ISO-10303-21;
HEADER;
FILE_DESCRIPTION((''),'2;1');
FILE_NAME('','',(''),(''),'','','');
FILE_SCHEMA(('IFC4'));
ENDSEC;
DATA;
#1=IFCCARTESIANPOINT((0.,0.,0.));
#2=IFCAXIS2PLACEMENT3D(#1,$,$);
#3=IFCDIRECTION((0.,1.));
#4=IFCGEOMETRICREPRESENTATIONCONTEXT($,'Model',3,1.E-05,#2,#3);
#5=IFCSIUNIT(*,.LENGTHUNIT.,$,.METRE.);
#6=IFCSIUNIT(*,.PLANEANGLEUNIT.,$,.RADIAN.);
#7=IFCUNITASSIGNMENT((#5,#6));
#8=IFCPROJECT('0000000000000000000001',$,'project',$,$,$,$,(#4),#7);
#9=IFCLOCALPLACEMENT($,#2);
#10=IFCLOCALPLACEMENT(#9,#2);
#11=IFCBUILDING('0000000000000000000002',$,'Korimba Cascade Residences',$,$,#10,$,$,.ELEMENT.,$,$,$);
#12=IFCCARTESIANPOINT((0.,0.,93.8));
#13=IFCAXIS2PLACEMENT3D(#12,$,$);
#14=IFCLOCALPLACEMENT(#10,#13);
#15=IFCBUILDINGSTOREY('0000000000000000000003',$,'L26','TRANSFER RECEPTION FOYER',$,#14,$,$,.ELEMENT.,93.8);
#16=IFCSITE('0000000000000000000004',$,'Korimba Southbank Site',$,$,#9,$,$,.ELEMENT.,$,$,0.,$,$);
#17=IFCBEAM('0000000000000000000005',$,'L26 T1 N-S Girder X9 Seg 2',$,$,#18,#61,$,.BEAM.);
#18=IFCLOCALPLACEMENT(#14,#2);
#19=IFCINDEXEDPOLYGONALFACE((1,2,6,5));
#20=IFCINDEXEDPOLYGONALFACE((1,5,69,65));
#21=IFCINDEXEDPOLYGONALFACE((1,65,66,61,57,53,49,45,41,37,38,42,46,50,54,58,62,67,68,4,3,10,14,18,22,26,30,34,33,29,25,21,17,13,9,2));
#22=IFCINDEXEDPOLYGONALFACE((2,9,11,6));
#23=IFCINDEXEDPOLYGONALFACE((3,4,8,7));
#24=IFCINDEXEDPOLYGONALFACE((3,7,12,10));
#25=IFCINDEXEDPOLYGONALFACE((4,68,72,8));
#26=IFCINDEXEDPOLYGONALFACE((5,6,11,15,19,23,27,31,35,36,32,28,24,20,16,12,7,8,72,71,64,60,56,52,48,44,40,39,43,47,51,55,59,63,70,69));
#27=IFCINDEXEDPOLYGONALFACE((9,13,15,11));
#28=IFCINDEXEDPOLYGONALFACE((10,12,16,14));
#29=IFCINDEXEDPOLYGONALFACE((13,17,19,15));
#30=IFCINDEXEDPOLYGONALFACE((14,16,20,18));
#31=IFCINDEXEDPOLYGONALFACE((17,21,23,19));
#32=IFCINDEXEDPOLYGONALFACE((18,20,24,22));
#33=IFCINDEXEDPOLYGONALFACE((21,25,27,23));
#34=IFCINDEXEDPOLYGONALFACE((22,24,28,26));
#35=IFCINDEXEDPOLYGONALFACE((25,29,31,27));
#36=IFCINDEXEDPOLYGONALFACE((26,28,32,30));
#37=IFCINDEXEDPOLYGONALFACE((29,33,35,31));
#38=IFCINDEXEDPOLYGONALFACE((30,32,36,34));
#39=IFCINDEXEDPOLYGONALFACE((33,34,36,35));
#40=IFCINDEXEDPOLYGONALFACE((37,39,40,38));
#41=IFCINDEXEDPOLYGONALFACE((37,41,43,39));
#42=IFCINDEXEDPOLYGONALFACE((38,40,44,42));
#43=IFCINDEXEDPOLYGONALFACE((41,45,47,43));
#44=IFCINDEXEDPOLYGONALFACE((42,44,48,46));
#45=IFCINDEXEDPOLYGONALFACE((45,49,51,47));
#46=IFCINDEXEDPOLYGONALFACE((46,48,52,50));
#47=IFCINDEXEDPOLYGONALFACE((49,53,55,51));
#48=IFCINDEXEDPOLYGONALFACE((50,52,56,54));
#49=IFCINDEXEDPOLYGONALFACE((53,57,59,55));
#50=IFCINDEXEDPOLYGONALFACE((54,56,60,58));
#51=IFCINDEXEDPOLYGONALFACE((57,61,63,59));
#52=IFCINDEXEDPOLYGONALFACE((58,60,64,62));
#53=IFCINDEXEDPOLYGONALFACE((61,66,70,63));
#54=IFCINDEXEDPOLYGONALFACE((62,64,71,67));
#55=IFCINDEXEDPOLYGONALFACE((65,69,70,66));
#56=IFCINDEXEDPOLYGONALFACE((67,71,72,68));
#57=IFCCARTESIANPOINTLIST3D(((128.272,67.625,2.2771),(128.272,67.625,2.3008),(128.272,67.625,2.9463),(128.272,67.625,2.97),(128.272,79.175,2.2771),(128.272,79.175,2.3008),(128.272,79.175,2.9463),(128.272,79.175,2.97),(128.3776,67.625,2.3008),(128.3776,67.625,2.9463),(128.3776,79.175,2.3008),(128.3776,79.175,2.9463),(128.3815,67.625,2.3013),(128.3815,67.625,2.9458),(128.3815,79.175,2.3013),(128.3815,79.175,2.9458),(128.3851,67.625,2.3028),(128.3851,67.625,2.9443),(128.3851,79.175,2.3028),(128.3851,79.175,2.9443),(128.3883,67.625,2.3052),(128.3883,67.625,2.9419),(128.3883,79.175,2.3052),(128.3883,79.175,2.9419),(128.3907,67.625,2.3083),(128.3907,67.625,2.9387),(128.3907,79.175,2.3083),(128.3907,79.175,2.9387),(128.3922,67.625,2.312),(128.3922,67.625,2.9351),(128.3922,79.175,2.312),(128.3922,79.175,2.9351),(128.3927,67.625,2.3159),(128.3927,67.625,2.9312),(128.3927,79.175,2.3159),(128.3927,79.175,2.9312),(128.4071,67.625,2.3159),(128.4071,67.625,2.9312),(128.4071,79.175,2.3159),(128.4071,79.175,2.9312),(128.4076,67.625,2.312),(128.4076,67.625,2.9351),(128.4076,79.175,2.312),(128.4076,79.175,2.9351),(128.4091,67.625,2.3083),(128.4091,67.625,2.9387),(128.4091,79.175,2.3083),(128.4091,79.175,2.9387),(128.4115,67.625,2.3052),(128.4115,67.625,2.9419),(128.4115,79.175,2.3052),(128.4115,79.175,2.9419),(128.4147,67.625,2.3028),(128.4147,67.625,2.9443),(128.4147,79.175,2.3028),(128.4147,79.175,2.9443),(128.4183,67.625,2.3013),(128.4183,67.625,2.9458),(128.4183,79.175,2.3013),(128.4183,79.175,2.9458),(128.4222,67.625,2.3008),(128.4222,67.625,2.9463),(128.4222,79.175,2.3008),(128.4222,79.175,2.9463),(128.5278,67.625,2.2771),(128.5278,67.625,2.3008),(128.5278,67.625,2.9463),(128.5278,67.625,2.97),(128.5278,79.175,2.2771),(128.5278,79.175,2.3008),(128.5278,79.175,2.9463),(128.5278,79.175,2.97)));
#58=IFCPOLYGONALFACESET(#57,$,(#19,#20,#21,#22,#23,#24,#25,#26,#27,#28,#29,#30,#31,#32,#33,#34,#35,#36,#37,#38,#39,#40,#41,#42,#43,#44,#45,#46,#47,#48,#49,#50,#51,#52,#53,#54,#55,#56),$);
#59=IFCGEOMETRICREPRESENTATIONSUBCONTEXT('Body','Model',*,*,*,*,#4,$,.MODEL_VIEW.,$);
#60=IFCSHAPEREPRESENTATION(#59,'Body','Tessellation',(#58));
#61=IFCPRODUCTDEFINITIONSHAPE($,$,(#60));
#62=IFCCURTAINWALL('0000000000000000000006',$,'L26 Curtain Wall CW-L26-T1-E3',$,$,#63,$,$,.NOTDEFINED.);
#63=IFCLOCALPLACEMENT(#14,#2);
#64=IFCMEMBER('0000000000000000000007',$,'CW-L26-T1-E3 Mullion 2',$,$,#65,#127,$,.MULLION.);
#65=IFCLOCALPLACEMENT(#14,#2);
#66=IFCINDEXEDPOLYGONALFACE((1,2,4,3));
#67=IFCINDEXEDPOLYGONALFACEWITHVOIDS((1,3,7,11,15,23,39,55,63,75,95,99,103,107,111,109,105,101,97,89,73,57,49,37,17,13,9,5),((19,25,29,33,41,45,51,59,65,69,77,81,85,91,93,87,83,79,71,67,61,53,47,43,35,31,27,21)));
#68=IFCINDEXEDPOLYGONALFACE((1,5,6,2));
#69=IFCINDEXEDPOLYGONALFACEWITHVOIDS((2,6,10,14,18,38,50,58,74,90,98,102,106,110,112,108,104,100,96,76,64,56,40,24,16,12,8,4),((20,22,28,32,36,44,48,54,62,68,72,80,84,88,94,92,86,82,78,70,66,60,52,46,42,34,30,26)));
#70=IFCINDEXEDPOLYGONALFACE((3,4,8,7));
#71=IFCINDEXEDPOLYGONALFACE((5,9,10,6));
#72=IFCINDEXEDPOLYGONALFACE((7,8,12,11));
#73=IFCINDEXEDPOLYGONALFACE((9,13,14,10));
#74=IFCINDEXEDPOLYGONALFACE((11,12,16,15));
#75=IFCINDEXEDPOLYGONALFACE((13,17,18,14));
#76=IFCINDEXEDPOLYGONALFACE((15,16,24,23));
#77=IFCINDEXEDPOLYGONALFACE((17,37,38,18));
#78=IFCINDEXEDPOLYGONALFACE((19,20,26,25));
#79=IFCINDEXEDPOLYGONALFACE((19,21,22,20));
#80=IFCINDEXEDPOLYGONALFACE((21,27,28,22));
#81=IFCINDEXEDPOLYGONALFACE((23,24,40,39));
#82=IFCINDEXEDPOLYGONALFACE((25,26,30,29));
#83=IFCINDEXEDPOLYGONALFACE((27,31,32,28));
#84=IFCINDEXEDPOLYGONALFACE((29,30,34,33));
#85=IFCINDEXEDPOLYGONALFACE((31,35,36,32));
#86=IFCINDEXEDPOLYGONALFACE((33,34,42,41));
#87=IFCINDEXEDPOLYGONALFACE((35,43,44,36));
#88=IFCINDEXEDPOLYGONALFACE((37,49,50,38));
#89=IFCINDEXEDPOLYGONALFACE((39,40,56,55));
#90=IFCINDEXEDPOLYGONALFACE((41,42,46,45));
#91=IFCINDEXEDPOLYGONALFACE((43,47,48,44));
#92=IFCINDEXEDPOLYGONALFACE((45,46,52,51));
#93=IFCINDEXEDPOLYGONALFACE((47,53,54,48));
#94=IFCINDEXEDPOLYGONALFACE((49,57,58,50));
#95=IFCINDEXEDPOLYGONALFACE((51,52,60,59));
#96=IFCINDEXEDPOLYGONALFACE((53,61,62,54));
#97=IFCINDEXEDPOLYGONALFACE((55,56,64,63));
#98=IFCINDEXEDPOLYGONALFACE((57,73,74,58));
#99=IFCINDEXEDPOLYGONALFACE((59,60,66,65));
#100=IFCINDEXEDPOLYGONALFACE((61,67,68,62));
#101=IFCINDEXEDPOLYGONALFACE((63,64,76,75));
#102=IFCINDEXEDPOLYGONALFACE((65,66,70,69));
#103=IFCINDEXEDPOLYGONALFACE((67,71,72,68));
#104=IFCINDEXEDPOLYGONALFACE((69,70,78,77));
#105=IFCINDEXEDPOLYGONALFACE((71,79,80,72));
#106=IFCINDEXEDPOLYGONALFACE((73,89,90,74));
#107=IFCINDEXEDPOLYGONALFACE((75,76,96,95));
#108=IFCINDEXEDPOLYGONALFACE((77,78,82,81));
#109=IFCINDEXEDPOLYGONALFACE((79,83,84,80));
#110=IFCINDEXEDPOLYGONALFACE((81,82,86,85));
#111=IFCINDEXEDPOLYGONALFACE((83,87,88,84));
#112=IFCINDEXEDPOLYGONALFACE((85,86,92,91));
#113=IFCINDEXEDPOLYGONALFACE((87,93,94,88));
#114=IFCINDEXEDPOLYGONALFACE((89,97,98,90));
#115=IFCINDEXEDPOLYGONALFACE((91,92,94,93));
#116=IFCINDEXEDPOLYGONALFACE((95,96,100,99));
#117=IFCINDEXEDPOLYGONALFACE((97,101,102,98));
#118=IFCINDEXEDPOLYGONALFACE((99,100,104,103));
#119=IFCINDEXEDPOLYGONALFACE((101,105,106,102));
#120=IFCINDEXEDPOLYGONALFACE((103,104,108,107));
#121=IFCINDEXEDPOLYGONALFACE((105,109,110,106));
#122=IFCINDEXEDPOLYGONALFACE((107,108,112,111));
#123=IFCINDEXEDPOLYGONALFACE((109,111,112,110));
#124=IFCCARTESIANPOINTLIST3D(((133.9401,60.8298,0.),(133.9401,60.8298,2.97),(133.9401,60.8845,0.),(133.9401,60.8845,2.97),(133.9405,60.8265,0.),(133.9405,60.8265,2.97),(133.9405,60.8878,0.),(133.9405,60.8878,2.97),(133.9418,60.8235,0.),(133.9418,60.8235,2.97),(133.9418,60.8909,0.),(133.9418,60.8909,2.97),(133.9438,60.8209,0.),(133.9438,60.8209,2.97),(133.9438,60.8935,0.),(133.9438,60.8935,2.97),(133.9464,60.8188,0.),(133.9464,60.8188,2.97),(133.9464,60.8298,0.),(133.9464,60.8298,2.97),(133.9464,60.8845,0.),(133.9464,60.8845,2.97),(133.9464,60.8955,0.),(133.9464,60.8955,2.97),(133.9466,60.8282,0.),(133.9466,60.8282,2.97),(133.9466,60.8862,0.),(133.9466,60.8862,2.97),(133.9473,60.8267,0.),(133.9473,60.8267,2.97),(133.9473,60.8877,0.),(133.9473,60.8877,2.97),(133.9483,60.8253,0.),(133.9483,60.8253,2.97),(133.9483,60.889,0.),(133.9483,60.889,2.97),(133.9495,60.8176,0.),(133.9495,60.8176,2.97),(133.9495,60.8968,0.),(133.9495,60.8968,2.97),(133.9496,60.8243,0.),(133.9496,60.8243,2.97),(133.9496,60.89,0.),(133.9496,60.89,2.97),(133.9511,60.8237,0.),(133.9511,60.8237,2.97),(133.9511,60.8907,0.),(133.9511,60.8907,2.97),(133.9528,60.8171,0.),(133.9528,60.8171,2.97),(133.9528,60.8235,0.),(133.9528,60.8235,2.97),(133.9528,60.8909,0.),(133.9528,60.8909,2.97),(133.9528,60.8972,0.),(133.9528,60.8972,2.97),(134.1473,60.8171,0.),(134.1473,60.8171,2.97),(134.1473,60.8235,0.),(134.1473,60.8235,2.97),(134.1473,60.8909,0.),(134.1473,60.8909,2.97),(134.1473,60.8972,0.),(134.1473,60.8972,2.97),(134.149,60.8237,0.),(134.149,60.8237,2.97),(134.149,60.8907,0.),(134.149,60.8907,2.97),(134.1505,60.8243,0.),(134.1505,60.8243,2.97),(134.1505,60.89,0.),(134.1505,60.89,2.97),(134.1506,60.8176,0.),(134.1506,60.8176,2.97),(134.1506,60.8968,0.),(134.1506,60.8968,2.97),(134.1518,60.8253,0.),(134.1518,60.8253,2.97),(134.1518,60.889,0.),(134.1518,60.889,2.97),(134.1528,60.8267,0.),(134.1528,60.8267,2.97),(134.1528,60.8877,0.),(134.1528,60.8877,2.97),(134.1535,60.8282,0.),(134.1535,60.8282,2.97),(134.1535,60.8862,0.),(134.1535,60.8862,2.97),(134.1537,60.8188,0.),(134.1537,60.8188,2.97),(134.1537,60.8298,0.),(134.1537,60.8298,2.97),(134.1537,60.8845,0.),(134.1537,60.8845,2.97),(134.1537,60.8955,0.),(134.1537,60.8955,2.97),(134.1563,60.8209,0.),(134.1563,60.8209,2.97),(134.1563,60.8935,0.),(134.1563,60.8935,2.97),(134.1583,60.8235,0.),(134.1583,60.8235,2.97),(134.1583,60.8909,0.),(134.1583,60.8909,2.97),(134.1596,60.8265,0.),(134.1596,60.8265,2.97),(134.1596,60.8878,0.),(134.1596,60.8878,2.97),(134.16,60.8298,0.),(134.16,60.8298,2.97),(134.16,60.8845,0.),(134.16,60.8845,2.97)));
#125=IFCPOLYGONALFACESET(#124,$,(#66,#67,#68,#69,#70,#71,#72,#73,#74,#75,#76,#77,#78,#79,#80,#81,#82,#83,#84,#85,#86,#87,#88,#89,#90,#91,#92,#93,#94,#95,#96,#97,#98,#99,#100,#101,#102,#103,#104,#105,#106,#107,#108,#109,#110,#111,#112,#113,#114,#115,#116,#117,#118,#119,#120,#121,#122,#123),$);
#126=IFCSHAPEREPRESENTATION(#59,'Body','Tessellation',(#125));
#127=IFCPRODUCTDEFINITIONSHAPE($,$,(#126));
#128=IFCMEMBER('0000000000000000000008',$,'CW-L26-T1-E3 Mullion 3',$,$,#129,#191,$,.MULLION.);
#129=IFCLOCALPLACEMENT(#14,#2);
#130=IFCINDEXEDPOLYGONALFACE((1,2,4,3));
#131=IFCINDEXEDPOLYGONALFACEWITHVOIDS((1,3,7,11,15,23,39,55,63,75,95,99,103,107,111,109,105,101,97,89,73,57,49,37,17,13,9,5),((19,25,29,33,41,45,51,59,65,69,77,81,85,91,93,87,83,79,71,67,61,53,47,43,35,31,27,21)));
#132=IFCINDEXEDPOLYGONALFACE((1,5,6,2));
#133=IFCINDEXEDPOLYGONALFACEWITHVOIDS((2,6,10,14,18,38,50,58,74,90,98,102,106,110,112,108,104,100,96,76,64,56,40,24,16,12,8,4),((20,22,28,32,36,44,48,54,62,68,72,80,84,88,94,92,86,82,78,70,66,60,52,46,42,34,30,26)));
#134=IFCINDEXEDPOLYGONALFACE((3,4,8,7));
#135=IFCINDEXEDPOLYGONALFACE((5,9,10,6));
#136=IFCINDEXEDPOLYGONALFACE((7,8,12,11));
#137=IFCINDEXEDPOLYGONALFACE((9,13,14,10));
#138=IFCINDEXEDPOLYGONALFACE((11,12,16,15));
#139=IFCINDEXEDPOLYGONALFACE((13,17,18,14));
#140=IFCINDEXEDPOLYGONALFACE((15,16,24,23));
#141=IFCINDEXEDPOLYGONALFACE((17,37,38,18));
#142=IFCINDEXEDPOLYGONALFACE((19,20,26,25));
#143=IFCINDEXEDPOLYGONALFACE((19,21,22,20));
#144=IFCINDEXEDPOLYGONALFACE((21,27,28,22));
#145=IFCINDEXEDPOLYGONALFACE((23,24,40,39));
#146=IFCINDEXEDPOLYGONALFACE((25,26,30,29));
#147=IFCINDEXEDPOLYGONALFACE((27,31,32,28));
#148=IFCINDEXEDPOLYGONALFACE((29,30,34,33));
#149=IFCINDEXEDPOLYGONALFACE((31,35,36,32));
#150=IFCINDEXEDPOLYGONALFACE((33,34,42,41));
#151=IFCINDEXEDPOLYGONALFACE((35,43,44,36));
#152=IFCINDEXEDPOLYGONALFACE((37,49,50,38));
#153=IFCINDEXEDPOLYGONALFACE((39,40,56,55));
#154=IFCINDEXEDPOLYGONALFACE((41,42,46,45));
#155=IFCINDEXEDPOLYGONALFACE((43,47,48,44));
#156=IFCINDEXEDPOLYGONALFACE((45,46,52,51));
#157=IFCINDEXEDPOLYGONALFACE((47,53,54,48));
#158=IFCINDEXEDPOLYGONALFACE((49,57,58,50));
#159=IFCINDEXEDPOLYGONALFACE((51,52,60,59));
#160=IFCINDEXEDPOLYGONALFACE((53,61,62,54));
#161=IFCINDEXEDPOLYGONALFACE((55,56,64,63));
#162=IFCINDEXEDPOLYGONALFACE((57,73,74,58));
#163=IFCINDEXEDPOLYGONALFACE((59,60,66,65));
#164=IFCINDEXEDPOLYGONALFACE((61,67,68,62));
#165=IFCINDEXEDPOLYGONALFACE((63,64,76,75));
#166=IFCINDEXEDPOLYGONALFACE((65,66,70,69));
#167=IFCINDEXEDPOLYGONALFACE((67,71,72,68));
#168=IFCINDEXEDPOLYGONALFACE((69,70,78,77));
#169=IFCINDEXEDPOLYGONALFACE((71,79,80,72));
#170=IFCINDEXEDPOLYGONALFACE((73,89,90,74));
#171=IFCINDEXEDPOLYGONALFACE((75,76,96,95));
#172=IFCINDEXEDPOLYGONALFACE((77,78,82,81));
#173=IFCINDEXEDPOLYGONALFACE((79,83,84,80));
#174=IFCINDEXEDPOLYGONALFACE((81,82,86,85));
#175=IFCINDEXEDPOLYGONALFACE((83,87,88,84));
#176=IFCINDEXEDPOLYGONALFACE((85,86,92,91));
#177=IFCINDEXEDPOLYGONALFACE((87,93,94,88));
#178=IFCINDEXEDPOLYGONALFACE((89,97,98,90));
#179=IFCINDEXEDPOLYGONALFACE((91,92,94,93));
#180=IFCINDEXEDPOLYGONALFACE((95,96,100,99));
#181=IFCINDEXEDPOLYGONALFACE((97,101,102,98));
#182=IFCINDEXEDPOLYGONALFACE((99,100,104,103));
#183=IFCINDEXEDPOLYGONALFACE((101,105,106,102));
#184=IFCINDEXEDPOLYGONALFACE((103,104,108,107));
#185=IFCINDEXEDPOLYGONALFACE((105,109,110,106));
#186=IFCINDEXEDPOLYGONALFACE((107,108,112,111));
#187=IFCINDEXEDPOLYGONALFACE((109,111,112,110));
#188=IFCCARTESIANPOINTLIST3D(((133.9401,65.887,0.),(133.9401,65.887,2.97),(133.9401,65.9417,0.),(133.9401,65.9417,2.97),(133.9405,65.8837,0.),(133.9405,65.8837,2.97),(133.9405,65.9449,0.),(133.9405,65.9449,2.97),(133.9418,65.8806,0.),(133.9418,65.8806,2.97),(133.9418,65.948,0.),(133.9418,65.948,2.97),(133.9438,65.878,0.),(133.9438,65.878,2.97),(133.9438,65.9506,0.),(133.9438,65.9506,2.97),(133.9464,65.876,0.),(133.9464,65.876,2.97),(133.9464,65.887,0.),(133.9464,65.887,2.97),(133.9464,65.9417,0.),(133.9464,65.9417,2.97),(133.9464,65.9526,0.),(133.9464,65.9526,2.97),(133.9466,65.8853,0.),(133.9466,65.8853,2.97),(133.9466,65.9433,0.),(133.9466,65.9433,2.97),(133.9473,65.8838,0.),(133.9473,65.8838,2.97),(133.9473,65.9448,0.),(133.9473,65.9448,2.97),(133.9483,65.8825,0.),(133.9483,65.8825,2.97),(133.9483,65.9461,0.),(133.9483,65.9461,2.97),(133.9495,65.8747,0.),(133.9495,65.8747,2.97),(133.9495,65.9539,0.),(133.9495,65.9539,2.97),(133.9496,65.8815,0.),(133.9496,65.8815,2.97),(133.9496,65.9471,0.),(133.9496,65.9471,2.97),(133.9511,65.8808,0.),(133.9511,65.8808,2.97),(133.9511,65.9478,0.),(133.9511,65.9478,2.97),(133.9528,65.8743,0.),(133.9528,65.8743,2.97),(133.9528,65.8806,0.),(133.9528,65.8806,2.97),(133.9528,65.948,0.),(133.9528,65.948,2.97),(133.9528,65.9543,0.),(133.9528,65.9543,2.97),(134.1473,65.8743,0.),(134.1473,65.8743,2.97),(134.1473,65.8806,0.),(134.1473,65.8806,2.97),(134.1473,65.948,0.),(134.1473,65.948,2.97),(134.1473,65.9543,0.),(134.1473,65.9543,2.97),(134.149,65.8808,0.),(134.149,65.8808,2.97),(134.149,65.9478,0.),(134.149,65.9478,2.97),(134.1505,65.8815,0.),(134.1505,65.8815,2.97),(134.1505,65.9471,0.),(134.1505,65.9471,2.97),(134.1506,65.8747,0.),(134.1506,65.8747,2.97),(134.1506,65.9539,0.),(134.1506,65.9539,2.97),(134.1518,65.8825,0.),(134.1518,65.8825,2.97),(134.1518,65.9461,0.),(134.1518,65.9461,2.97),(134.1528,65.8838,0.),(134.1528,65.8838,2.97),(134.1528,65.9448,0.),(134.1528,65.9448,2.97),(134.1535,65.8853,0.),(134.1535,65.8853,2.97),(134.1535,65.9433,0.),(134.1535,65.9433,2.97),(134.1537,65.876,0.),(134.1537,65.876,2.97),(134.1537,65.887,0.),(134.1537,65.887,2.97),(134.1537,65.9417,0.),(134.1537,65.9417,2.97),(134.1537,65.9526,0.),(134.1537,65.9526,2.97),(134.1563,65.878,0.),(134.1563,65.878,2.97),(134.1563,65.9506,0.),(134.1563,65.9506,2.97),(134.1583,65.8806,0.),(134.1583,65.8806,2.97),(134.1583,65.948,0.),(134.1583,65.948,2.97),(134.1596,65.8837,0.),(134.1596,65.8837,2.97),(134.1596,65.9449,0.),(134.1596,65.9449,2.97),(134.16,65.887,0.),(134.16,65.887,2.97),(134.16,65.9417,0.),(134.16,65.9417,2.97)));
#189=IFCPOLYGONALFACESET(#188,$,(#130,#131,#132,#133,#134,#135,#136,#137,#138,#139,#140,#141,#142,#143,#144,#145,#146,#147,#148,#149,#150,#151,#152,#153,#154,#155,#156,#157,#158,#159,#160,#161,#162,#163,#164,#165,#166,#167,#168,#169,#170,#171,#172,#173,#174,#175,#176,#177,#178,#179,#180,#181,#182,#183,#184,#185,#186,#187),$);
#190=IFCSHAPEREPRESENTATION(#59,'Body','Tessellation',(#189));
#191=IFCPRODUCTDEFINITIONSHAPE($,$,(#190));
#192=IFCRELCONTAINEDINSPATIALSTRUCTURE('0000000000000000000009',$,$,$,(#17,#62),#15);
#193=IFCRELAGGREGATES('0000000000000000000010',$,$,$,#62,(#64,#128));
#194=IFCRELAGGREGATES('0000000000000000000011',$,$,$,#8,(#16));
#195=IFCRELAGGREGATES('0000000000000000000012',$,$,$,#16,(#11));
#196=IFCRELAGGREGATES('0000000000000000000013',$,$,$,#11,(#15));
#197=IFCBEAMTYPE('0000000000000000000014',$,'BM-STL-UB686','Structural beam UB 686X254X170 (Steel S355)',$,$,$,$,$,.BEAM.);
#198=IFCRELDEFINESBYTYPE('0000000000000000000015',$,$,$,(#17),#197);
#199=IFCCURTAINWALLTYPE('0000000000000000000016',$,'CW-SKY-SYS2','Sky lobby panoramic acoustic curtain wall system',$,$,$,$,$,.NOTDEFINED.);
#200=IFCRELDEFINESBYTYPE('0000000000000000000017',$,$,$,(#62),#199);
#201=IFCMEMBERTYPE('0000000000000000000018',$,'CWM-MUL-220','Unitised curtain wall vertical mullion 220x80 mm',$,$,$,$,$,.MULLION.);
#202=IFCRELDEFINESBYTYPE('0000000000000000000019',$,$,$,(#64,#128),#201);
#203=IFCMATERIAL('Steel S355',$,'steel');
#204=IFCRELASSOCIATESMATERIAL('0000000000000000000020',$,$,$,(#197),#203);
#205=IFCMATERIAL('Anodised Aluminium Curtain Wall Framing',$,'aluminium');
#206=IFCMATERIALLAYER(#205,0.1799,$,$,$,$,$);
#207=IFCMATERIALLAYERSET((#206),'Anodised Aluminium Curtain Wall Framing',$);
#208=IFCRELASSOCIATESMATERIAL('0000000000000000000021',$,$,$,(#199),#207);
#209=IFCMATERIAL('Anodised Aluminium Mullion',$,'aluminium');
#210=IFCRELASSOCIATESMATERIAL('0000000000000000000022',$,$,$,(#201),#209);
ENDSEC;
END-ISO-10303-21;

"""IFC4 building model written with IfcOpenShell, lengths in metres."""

from ifc_helpers import new_model, si_unit, direction, frame, origin, origin_2d, place, context, subcontext, project, spatial, hollow_rectangle, i_section, extrude, material, layer, layer_set, material_profile, profile_set, type_object, element, aggregate, save


model = new_model("IFC4")

# Units and contexts
model_context = context("Model", 3, precision=1e-05, world=origin(), true_north=direction((0.0, 1.0)))
body_context = subcontext(model_context, "Body", "Model", "MODEL_VIEW")
ifc_project = project(units=[si_unit("LENGTHUNIT", "METRE"), si_unit("PLANEANGLEUNIT", "RADIAN")], contexts=[model_context])

# Site, building, storey
site_placement = place(None, origin())
site = spatial("IfcSite", under=ifc_project, at=site_placement, Name="Korimba Southbank Site", CompositionType="ELEMENT", RefElevation=0.0)
building_placement = place(site_placement, origin())
building = spatial("IfcBuilding", under=site, at=building_placement, Name="Korimba Cascade Residences", CompositionType="ELEMENT")
storey_placement = place(building_placement, frame((0.0, 0.0, 93.8)))
storey = spatial("IfcBuildingStorey", under=building, at=storey_placement, Name="L26", Description="TRANSFER RECEPTION FOYER", CompositionType="ELEMENT", Elevation=93.8)

# Beam
ifc_material_1 = material(Name="Steel S355", Category="steel")
ifc_material_profile_1 = material_profile(ifc_material_1, i_section(OverallWidth=0.2559, OverallDepth=0.6929, WebThickness=0.0144, FlangeThickness=0.0237, FilletRadius=0.0151, at=origin_2d()), Name="Steel S355")
ifc_profile_set_1 = profile_set([ifc_material_profile_1], Name="Steel S355")
beam_type_1 = type_object("IfcBeamType", Name="BM-STL-UB686", Description="Structural beam UB 686X254X170 (Steel S355)", PredefinedType="BEAM", material=ifc_profile_set_1)
for number, where, z_axis, x_axis, name in (
    (1, (128.3999, 67.625, 2.6235), (0.0, 1.0, 0.0), (-1.0, 0.0, 0.0), "L26 T1 N-S Girder X9 Seg 2"),
):
    element("IfcBeam", number, at=place(storey_placement, frame(where, z_axis=z_axis, x_axis=x_axis)), inside=storey, type_object=beam_type_1, Name=name, PredefinedType="BEAM", context=body_context, shape_type="SweptSolid", body=[
        extrude(i_section(OverallWidth=0.2559, OverallDepth=0.6929, WebThickness=0.0144, FlangeThickness=0.0237, FilletRadius=0.0151, at=origin_2d()), origin(), (0.0, 0.0, 1.0), 11.55),
    ])

# Curtain wall, members
ifc_material_2 = material(Name="Anodised Aluminium Curtain Wall Framing", Category="aluminium")
ifc_layer_1 = layer(ifc_material_2, 0.1799)
ifc_layer_set_1 = layer_set([ifc_layer_1], Name="Anodised Aluminium Curtain Wall Framing")
curtain_wall_type = type_object("IfcCurtainWallType", Name="CW-SKY-SYS2", Description="Sky lobby panoramic acoustic curtain wall system", PredefinedType="NOTDEFINED", material=ifc_layer_set_1)
curtain_wall_placement = place(storey_placement, origin())
curtain_wall = element("IfcCurtainWall", 2, at=curtain_wall_placement, inside=storey, type_object=curtain_wall_type, Name="L26 Curtain Wall CW-L26-T1-E3", PredefinedType="NOTDEFINED")
ifc_material_3 = material(Name="Anodised Aluminium Mullion", Category="aluminium")
ifc_material_profile_2 = material_profile(ifc_material_3, hollow_rectangle(XDim=0.0801, YDim=0.22, WallThickness=0.0063, InnerFilletRadius=0.0063, OuterFilletRadius=0.0127, at=origin_2d()), Name="Anodised Aluminium Mullion")
ifc_profile_set_2 = profile_set([ifc_material_profile_2], Name="Anodised Aluminium Mullion")
member_type_1 = type_object("IfcMemberType", Name="CWM-MUL-220", Description="Unitised curtain wall vertical mullion 220x80 mm", PredefinedType="MULLION", material=ifc_profile_set_2)
member_1_placement = place(storey_placement, frame((134.05, 60.8572, 0.0), z_axis=(0.0, 0.0, 1.0), x_axis=(0.0, 1.0, 0.0)))
member_1 = element("IfcMember", 3, at=member_1_placement, type_object=member_type_1, Name="CW-L26-T1-E3 Mullion 2", PredefinedType="MULLION", context=body_context, shape_type="SweptSolid", body=[
    extrude(hollow_rectangle(XDim=0.0801, YDim=0.22, WallThickness=0.0063, InnerFilletRadius=0.0063, OuterFilletRadius=0.0127, at=origin_2d()), origin(), (0.0, 0.0, 1.0), 2.97),
])
member_2_placement = place(storey_placement, frame((134.05, 65.9143, 0.0), z_axis=(0.0, 0.0, 1.0), x_axis=(0.0, 1.0, 0.0)))
member_2 = element("IfcMember", 4, at=member_2_placement, type_object=member_type_1, Name="CW-L26-T1-E3 Mullion 3", PredefinedType="MULLION", context=body_context, shape_type="SweptSolid", body=[
    extrude(hollow_rectangle(XDim=0.0801, YDim=0.22, WallThickness=0.0063, InnerFilletRadius=0.0063, OuterFilletRadius=0.0127, at=origin_2d()), origin(), (0.0, 0.0, 1.0), 2.97),
])
aggregate(curtain_wall, [member_1, member_2])

save(model, "model.ifc")
